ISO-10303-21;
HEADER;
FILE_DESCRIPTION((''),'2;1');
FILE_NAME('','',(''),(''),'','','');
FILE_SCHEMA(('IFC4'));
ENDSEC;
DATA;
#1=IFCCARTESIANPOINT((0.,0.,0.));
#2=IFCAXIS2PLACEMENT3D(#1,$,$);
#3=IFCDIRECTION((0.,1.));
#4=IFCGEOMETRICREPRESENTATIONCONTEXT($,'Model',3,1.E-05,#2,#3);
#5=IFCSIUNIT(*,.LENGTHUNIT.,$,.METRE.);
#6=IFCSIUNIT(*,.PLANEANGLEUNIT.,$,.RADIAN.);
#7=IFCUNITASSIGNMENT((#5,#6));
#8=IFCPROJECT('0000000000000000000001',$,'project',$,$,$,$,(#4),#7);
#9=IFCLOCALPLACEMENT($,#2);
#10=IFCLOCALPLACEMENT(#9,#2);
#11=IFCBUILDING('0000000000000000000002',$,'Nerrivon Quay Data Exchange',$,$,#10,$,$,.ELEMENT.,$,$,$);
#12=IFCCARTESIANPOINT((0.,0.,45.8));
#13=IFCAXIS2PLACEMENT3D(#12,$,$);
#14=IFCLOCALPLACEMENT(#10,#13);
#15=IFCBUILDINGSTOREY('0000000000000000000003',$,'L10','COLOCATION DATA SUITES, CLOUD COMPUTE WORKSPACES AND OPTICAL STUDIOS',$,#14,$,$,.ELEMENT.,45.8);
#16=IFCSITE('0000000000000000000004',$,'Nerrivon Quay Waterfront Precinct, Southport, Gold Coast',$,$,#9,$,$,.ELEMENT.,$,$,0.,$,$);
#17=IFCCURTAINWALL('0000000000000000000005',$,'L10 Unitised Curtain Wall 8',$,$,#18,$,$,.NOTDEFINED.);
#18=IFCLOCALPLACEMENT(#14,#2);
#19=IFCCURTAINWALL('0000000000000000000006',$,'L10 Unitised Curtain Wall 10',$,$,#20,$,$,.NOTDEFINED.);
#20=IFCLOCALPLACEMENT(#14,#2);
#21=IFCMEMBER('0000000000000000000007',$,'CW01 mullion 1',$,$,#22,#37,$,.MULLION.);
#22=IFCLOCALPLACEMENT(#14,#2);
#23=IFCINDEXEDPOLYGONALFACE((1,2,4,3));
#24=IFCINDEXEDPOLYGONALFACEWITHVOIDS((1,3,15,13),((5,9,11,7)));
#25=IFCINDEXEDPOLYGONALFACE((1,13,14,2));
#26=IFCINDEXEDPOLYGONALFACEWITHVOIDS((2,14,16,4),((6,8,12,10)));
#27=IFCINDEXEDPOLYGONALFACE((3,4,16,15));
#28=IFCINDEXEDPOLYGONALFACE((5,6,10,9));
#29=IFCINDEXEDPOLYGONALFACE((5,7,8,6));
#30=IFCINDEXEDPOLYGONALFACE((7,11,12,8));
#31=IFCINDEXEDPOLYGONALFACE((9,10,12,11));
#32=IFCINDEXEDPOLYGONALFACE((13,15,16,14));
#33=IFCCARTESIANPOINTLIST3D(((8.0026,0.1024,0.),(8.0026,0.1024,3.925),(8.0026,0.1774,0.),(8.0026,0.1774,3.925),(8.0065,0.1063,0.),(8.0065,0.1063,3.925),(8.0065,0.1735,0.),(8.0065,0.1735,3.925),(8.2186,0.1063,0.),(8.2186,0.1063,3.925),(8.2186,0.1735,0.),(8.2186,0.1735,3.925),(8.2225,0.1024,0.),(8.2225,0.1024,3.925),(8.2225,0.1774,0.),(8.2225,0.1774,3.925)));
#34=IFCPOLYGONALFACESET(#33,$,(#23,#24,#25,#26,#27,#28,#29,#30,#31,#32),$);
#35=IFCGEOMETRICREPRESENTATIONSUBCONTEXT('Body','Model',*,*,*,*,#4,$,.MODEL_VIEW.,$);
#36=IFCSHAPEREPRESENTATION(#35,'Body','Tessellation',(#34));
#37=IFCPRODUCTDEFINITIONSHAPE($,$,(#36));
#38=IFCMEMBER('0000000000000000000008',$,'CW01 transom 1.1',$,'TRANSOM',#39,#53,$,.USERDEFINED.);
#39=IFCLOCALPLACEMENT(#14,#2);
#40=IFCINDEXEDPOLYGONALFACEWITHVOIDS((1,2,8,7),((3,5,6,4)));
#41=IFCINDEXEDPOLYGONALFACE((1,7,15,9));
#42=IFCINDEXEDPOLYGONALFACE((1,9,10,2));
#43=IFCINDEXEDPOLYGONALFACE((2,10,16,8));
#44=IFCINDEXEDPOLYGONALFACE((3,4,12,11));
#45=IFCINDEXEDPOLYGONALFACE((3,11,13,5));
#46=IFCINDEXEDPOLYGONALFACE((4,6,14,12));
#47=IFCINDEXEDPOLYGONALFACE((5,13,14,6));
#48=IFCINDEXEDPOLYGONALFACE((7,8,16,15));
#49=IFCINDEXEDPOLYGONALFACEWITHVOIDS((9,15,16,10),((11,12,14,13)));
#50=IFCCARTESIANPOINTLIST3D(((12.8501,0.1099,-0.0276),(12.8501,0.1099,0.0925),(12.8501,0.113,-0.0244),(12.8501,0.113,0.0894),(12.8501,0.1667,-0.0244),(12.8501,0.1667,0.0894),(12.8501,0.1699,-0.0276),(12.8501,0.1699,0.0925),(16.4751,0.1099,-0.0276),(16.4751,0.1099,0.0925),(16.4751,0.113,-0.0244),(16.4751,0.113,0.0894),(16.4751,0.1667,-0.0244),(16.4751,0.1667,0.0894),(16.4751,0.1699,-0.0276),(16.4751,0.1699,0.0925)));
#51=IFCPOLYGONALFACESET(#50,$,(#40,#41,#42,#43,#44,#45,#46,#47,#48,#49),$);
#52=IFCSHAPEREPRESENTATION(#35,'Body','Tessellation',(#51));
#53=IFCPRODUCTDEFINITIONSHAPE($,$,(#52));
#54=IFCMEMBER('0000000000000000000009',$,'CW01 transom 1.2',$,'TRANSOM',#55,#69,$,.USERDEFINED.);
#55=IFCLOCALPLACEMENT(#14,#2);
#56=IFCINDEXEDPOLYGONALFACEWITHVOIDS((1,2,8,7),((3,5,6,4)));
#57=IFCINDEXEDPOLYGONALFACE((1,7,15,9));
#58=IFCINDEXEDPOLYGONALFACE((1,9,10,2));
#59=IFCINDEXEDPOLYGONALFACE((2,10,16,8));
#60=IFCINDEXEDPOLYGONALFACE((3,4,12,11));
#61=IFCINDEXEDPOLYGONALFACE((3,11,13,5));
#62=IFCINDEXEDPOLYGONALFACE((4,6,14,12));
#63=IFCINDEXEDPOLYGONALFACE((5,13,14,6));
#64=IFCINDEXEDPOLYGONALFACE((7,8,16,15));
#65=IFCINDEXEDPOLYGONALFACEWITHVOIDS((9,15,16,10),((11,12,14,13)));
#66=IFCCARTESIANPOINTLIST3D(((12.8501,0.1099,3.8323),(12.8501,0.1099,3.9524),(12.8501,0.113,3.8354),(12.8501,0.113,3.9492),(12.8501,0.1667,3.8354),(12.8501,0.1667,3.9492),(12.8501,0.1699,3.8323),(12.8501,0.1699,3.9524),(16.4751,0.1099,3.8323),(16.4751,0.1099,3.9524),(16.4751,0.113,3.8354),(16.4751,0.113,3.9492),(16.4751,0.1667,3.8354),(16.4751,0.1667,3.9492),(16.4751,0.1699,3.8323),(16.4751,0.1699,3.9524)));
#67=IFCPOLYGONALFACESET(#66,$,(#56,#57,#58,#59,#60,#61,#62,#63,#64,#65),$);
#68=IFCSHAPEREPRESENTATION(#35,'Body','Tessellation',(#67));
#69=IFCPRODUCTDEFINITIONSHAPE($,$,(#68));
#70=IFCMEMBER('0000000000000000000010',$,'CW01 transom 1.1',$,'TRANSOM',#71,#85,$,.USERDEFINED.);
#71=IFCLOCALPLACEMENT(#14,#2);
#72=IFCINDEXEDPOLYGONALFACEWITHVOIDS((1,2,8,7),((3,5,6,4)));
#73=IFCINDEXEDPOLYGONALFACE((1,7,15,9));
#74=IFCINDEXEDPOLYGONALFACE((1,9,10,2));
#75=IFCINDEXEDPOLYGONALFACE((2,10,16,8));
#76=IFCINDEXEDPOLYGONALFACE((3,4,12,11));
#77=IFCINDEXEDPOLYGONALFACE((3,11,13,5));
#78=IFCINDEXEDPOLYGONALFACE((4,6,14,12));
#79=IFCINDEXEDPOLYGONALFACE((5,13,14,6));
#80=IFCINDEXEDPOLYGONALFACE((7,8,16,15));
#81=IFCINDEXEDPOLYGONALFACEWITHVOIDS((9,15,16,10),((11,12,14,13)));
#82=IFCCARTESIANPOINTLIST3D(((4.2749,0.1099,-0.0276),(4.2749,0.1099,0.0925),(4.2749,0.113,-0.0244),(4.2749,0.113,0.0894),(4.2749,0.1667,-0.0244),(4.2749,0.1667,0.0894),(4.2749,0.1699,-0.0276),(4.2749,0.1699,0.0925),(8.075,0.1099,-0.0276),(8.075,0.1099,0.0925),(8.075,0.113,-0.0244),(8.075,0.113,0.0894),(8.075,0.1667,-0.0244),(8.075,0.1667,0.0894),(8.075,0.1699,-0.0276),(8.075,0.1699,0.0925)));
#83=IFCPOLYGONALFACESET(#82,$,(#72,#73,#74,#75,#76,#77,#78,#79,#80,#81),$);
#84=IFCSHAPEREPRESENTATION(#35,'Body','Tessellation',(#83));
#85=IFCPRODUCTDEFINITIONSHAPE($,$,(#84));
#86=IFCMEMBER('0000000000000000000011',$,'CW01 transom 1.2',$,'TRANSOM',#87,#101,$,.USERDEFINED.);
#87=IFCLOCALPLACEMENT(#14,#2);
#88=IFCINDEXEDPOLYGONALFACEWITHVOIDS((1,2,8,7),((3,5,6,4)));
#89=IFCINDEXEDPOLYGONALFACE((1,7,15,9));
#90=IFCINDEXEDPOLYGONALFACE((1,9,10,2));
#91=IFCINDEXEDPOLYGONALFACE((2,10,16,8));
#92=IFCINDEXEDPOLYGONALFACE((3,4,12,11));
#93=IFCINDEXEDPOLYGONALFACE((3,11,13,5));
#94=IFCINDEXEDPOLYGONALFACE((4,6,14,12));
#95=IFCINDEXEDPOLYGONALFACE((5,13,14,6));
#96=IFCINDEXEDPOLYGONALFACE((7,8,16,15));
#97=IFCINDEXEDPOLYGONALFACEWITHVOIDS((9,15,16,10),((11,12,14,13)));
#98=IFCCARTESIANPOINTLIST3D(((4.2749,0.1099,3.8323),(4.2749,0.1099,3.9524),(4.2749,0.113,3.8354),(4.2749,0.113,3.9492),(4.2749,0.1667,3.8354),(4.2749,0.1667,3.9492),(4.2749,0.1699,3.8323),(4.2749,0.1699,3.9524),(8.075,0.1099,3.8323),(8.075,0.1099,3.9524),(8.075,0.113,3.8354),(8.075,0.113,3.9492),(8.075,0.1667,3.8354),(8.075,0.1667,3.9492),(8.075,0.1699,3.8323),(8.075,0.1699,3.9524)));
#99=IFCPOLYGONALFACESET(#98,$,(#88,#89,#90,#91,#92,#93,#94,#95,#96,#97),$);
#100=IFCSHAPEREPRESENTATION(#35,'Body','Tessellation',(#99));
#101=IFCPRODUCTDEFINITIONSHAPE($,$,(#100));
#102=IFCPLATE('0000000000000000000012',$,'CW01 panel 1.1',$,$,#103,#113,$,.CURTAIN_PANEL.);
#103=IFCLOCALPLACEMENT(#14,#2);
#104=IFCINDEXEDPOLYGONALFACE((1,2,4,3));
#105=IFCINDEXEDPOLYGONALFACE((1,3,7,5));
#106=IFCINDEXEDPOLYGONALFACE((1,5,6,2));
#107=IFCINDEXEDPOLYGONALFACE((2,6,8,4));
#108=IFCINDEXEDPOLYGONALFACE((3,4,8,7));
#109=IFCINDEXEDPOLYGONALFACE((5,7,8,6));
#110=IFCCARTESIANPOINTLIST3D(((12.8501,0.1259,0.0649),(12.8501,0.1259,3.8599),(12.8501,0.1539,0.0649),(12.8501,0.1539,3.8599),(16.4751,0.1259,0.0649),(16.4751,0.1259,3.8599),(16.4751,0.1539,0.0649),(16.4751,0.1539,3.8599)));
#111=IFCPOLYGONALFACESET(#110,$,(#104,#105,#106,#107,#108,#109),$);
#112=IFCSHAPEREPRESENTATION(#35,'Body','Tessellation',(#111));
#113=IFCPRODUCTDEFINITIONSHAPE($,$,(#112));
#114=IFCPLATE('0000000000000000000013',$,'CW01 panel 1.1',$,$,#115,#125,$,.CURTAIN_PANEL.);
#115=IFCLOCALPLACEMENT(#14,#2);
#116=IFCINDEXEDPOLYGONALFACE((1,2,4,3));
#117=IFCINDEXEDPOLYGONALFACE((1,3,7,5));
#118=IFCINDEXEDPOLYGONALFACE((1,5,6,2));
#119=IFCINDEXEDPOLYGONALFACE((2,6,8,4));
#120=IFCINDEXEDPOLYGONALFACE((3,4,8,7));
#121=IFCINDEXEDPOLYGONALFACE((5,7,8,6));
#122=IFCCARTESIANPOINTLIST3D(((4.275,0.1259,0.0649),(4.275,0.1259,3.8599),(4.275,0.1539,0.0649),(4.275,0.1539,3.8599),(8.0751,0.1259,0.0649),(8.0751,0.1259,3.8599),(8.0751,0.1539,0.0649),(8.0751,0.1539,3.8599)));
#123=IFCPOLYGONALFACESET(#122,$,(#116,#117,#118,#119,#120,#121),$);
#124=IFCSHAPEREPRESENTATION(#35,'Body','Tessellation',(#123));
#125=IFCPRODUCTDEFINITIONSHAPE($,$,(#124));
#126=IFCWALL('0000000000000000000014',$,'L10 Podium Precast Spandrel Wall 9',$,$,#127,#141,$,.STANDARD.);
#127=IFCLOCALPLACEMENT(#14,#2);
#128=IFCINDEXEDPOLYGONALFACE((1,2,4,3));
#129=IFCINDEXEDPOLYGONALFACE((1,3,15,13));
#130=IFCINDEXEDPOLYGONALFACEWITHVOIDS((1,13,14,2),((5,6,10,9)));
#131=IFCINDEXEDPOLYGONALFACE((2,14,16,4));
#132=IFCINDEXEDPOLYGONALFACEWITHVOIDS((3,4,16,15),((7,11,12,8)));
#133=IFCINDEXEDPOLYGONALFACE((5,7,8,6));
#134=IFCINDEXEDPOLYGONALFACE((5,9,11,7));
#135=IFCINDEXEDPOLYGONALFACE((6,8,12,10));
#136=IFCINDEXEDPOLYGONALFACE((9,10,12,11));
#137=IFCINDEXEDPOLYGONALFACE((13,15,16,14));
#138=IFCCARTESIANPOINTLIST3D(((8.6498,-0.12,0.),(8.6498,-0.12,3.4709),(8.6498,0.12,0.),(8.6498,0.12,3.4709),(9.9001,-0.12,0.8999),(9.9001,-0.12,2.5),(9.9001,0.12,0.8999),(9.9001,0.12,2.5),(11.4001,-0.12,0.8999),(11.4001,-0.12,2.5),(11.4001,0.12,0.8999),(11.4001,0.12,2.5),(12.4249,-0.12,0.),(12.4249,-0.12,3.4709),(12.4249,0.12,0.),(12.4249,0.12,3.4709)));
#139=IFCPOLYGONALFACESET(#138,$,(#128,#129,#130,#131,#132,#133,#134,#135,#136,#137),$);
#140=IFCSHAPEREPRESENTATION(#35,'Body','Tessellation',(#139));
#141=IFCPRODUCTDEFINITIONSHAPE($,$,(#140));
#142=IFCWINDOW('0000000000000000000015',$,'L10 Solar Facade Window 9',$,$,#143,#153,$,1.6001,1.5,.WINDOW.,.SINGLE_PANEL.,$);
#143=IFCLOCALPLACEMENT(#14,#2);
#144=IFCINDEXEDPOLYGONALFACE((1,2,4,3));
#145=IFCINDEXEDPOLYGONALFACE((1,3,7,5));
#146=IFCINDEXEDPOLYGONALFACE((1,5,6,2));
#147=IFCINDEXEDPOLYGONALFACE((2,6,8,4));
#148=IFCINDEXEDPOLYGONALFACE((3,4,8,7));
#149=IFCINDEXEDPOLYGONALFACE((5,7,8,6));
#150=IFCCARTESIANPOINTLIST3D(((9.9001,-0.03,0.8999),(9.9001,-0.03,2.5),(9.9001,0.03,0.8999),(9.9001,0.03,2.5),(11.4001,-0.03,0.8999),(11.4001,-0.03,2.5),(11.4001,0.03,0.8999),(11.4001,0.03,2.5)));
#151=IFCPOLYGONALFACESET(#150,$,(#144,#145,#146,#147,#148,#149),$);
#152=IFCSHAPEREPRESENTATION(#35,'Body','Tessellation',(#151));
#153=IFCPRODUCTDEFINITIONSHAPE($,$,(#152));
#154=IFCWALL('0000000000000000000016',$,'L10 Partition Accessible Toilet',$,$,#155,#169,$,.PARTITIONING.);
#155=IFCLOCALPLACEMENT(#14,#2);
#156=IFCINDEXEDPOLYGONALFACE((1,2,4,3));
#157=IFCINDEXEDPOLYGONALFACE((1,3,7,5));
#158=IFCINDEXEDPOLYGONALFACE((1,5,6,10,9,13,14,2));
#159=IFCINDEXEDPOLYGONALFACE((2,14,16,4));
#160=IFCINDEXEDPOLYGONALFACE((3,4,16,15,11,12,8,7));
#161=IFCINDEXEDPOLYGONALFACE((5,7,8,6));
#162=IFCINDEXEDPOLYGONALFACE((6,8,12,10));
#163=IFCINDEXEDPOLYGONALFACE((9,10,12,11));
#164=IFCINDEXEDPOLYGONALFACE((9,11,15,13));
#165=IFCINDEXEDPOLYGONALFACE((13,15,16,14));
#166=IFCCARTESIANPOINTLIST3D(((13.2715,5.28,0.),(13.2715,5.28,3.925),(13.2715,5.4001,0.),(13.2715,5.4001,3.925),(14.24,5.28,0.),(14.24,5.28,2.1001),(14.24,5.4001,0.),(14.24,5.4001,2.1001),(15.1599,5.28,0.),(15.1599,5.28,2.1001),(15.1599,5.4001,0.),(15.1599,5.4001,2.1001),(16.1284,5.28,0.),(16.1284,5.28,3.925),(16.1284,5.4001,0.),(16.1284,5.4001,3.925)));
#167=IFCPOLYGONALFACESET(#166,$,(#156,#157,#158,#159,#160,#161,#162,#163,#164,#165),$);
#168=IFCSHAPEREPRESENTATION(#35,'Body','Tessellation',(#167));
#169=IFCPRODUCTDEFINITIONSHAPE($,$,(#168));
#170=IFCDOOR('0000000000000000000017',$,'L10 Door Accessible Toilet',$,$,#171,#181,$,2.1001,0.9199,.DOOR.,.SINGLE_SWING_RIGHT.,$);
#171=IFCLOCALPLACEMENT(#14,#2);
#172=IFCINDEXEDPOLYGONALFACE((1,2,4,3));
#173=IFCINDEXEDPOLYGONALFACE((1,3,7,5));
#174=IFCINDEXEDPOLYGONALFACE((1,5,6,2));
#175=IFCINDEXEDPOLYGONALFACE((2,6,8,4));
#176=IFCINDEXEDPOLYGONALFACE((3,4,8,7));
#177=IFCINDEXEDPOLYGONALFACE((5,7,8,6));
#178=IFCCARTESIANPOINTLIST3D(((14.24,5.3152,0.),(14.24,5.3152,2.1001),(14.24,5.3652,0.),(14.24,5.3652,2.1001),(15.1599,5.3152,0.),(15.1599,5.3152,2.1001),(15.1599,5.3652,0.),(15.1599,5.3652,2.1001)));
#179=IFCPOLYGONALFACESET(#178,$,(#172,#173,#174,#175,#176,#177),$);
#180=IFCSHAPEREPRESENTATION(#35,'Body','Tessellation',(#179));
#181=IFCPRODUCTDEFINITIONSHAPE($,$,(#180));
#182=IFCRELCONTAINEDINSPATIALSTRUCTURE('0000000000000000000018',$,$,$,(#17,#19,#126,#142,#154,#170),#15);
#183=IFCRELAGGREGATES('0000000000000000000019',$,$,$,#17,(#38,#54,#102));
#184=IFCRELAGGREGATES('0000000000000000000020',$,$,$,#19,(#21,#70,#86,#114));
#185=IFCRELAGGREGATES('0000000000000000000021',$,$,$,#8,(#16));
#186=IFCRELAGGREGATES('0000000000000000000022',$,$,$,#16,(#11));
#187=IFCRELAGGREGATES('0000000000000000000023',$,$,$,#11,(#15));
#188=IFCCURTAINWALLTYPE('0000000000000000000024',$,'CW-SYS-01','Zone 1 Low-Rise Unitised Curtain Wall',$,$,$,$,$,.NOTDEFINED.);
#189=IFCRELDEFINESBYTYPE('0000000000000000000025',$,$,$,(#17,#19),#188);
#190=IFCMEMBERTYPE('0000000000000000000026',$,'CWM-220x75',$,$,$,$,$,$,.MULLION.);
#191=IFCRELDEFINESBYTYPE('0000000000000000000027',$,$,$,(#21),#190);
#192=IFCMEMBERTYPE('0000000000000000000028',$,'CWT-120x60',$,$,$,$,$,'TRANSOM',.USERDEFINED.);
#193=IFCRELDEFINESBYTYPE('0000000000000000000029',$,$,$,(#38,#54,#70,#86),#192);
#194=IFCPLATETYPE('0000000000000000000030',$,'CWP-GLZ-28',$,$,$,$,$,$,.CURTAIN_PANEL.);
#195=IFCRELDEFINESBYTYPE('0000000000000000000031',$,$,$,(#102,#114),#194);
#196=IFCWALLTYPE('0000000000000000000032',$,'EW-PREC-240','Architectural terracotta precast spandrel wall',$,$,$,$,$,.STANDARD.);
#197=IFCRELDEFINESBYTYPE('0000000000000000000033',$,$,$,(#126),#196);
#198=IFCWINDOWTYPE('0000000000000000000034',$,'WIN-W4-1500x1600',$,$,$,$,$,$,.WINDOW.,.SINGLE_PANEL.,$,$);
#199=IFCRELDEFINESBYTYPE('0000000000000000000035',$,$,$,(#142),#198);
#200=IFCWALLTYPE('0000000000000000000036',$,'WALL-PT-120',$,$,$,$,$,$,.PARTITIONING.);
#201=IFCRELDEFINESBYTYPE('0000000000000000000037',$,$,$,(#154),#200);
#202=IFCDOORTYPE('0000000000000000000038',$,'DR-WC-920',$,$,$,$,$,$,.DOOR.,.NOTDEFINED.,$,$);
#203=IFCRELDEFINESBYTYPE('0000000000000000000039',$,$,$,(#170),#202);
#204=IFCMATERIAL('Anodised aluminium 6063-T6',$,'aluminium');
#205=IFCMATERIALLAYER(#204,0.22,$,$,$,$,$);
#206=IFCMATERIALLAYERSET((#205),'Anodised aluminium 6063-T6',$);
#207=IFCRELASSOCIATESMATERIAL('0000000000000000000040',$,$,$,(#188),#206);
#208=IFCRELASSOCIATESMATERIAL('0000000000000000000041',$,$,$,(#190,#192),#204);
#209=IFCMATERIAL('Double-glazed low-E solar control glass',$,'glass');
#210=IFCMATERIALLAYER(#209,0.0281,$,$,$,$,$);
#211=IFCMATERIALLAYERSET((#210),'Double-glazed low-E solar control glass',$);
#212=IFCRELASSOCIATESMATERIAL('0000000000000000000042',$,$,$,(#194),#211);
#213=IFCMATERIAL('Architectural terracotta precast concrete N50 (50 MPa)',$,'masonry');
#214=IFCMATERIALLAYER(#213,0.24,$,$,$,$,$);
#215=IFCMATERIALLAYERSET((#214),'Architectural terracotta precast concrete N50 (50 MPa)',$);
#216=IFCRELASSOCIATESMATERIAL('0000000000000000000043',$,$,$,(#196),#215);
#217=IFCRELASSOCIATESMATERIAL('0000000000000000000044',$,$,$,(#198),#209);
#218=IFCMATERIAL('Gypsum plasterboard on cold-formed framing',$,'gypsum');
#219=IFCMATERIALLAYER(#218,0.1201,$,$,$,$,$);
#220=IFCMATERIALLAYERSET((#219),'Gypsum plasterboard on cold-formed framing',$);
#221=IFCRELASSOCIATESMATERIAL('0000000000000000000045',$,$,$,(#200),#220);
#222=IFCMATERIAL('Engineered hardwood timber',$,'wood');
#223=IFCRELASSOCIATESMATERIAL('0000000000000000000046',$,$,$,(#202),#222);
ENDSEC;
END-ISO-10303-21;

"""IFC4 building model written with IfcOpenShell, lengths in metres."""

from ifc_helpers import new_model, si_unit, direction, frame, frame_2d, origin, origin_2d, place, context, subcontext, project, spatial, rectangle, hollow_rectangle, extrude, material, layer, layer_set, material_profile, profile_set, type_object, element, fill, aggregate, save


model = new_model("IFC4")

# Units and contexts
model_context = context("Model", 3, precision=1e-05, world=origin(), true_north=direction((0.0, 1.0)))
body_context = subcontext(model_context, "Body", "Model", "MODEL_VIEW")
ifc_project = project(units=[si_unit("LENGTHUNIT", "METRE"), si_unit("PLANEANGLEUNIT", "RADIAN")], contexts=[model_context])

# Site, building, storey
site_placement = place(None, origin())
site = spatial("IfcSite", under=ifc_project, at=site_placement, Name="Nerrivon Quay Waterfront Precinct, Southport, Gold Coast", CompositionType="ELEMENT", RefElevation=0.0)
building_placement = place(site_placement, origin())
building = spatial("IfcBuilding", under=site, at=building_placement, Name="Nerrivon Quay Data Exchange", CompositionType="ELEMENT")
storey_placement = place(building_placement, frame((0.0, 0.0, 45.8)))
storey = spatial("IfcBuildingStorey", under=building, at=storey_placement, Name="L10", Description="COLOCATION DATA SUITES, CLOUD COMPUTE WORKSPACES AND OPTICAL STUDIOS", CompositionType="ELEMENT", Elevation=45.8)

# Curtain wall
ifc_material_1 = material(Name="Anodised aluminium 6063-T6", Category="aluminium")
ifc_layer_1 = layer(ifc_material_1, 0.22)
ifc_layer_set_1 = layer_set([ifc_layer_1], Name="Anodised aluminium 6063-T6")
curtain_wall_type = type_object("IfcCurtainWallType", Name="CW-SYS-01", Description="Zone 1 Low-Rise Unitised Curtain Wall", PredefinedType="NOTDEFINED", material=ifc_layer_set_1)
curtain_wall_1_placement = place(storey_placement, origin())
curtain_wall_1 = element("IfcCurtainWall", 1, at=curtain_wall_1_placement, inside=storey, type_object=curtain_wall_type, Name="L10 Unitised Curtain Wall 8", PredefinedType="NOTDEFINED")
ifc_material_profile_1 = material_profile(ifc_material_1, hollow_rectangle(XDim=0.075, YDim=0.22, WallThickness=0.0039, at=origin_2d()), Name="ALU-MULL-220x75")
ifc_profile_set_1 = profile_set([ifc_material_profile_1], Name="Anodised aluminium 6063-T6")
member_type_1 = type_object("IfcMemberType", Name="CWM-220x75", PredefinedType="MULLION", material=ifc_profile_set_1)

# Curtain wall, member
curtain_wall_2_placement = place(storey_placement, origin())
curtain_wall_2 = element("IfcCurtainWall", 2, at=curtain_wall_2_placement, inside=storey, type_object=curtain_wall_type, Name="L10 Unitised Curtain Wall 10", PredefinedType="NOTDEFINED")
member_1_placement = place(storey_placement, frame((8.1125, 0.1399, 0.0), z_axis=(0.0, 0.0, 1.0), x_axis=(0.0, -1.0, 0.0)))
member_1 = element("IfcMember", 3, at=member_1_placement, type_object=member_type_1, Name="CW01 mullion 1", PredefinedType="MULLION", context=body_context, shape_type="SweptSolid", body=[
    extrude(hollow_rectangle(XDim=0.075, YDim=0.22, WallThickness=0.0039, at=origin_2d()), origin(), (0.0, 0.0, 1.0), 3.925),
])

# Members
ifc_material_profile_2 = material_profile(ifc_material_1, hollow_rectangle(XDim=0.0601, YDim=0.1201, WallThickness=0.0032, at=origin_2d()), Name="ALU-TRAN-120x60")
ifc_profile_set_2 = profile_set([ifc_material_profile_2], Name="Anodised aluminium 6063-T6")
member_type_2 = type_object("IfcMemberType", Name="CWT-120x60", ElementType="TRANSOM", PredefinedType="USERDEFINED", material=ifc_profile_set_2)
member_2_placement = place(storey_placement, frame((16.4751, 0.1399, 0.0325), z_axis=(-1.0, 0.0, 0.0), x_axis=(0.0, -1.0, 0.0)))
member_2 = element("IfcMember", 4, at=member_2_placement, type_object=member_type_2, Name="CW01 transom 1.1", ObjectType="TRANSOM", PredefinedType="USERDEFINED", context=body_context, shape_type="SweptSolid", body=[
    extrude(hollow_rectangle(XDim=0.0601, YDim=0.1201, WallThickness=0.0032, at=origin_2d()), origin(), (0.0, 0.0, 1.0), 3.625),
])
member_3_placement = place(storey_placement, frame((16.4751, 0.1399, 3.8923), z_axis=(-1.0, 0.0, 0.0), x_axis=(0.0, -1.0, 0.0)))
member_3 = element("IfcMember", 5, at=member_3_placement, type_object=member_type_2, Name="CW01 transom 1.2", ObjectType="TRANSOM", PredefinedType="USERDEFINED", context=body_context, shape_type="SweptSolid", body=[
    extrude(hollow_rectangle(XDim=0.0601, YDim=0.1201, WallThickness=0.0032, at=origin_2d()), origin(), (0.0, 0.0, 1.0), 3.625),
])
member_4_placement = place(storey_placement, frame((8.075, 0.1399, 0.0325), z_axis=(-1.0, 0.0, 0.0), x_axis=(0.0, -1.0, 0.0)))
member_4 = element("IfcMember", 6, at=member_4_placement, type_object=member_type_2, Name="CW01 transom 1.1", ObjectType="TRANSOM", PredefinedType="USERDEFINED", context=body_context, shape_type="SweptSolid", body=[
    extrude(hollow_rectangle(XDim=0.0601, YDim=0.1201, WallThickness=0.0032, at=origin_2d()), origin(), (0.0, 0.0, 1.0), 3.8),
])
member_5_placement = place(storey_placement, frame((8.075, 0.1399, 3.8923), z_axis=(-1.0, 0.0, 0.0), x_axis=(0.0, -1.0, 0.0)))
member_5 = element("IfcMember", 7, at=member_5_placement, type_object=member_type_2, Name="CW01 transom 1.2", ObjectType="TRANSOM", PredefinedType="USERDEFINED", context=body_context, shape_type="SweptSolid", body=[
    extrude(hollow_rectangle(XDim=0.0601, YDim=0.1201, WallThickness=0.0032, at=origin_2d()), origin(), (0.0, 0.0, 1.0), 3.8),
])

# Plates
ifc_material_2 = material(Name="Double-glazed low-E solar control glass", Category="glass")
ifc_layer_2 = layer(ifc_material_2, 0.0281)
ifc_layer_set_2 = layer_set([ifc_layer_2], Name="Double-glazed low-E solar control glass")
plate_type = type_object("IfcPlateType", Name="CWP-GLZ-28", PredefinedType="CURTAIN_PANEL", material=ifc_layer_set_2)
plate_1_placement = place(storey_placement, frame((14.6626, 0.1399, 0.0649), z_axis=(0.0, 0.0, 1.0), x_axis=(-1.0, 0.0, 0.0)))
plate_1 = element("IfcPlate", 8, at=plate_1_placement, type_object=plate_type, Name="CW01 panel 1.1", PredefinedType="CURTAIN_PANEL", context=body_context, shape_type="SweptSolid", body=[
    extrude(rectangle(XDim=3.625, YDim=0.0281, at=origin_2d()), origin(), (0.0, 0.0, 1.0), 3.7949),
])
aggregate(curtain_wall_1, [member_2, member_3, plate_1])
plate_2_placement = place(storey_placement, frame((6.175, 0.1399, 0.0649), z_axis=(0.0, 0.0, 1.0), x_axis=(-1.0, 0.0, 0.0)))
plate_2 = element("IfcPlate", 9, at=plate_2_placement, type_object=plate_type, Name="CW01 panel 1.1", PredefinedType="CURTAIN_PANEL", context=body_context, shape_type="SweptSolid", body=[
    extrude(rectangle(XDim=3.8, YDim=0.0281, at=origin_2d()), origin(), (0.0, 0.0, 1.0), 3.7949),
])
aggregate(curtain_wall_2, [member_1, member_4, member_5, plate_2])

# Wall, opening, window
ifc_material_3 = material(Name="Architectural terracotta precast concrete N50 (50 MPa)", Category="masonry")
ifc_layer_3 = layer(ifc_material_3, 0.24)
ifc_layer_set_3 = layer_set([ifc_layer_3], Name="Architectural terracotta precast concrete N50 (50 MPa)")
wall_type_1 = type_object("IfcWallType", Name="EW-PREC-240", Description="Architectural terracotta precast spandrel wall", PredefinedType="STANDARD", material=ifc_layer_set_3)
wall_1_placement = place(storey_placement, frame((12.425, 0.0, 0.0), z_axis=(0.0, 0.0, 1.0), x_axis=(-1.0, 0.0, 0.0)))
wall_1 = element("IfcWall", 10, at=wall_1_placement, inside=storey, type_object=wall_type_1, Name="L10 Podium Precast Spandrel Wall 9", PredefinedType="STANDARD", context=body_context, shape_type="SweptSolid", body=[
    extrude(rectangle(XDim=3.7751, YDim=0.24, at=frame_2d((1.8877, 0.0))), origin(), (0.0, 0.0, 1.0), 3.4709),
])
opening_1_placement = place(wall_1_placement, frame((1.0249, 0.0, 0.8999)))
opening_1 = element("IfcOpeningElement", 11, at=opening_1_placement, cuts=wall_1, PredefinedType="OPENING", context=body_context, shape_type="SweptSolid", body=[
    extrude(rectangle(XDim=1.5, YDim=1.6001, at=frame_2d((0.75, 0.8))), frame((0.0, 0.1299, 0.0), z_axis=(0.0, -1.0, 0.0), x_axis=(1.0, 0.0, 0.0)), (0.0, 0.0, 1.0), 0.26),
])
window_type = type_object("IfcWindowType", Name="WIN-W4-1500x1600", PartitioningType="SINGLE_PANEL", PredefinedType="WINDOW", material=ifc_material_2)
window_placement = place(opening_1_placement, origin())
window = element("IfcWindow", 12, at=window_placement, inside=storey, type_object=window_type, Name="L10 Solar Facade Window 9", OverallHeight=1.6001, OverallWidth=1.5, PartitioningType="SINGLE_PANEL", PredefinedType="WINDOW", context=body_context, shape_type="SweptSolid", body=[
    extrude(rectangle(XDim=1.5, YDim=1.6001, at=frame_2d((0.75, 0.8))), frame((0.0, 0.03, 0.0), z_axis=(0.0, -1.0, 0.0), x_axis=(1.0, 0.0, 0.0)), (0.0, 0.0, 1.0), 0.0601),
])
fill(opening_1, window)

# Wall, opening, door
ifc_material_4 = material(Name="Gypsum plasterboard on cold-formed framing", Category="gypsum")
ifc_layer_4 = layer(ifc_material_4, 0.1201)
ifc_layer_set_4 = layer_set([ifc_layer_4], Name="Gypsum plasterboard on cold-formed framing")
wall_type_2 = type_object("IfcWallType", Name="WALL-PT-120", PredefinedType="PARTITIONING", material=ifc_layer_set_4)
wall_2_placement = place(storey_placement, frame((16.1284, 5.3401, 0.0), z_axis=(0.0, 0.0, 1.0), x_axis=(-1.0, 0.0, 0.0)))
wall_2 = element("IfcWall", 13, at=wall_2_placement, inside=storey, type_object=wall_type_2, Name="L10 Partition Accessible Toilet", PredefinedType="PARTITIONING", context=body_context, shape_type="SweptSolid", body=[
    extrude(rectangle(XDim=2.8569, YDim=0.1201, at=frame_2d((1.4285, 0.0))), origin(), (0.0, 0.0, 1.0), 3.925),
])
opening_2_placement = place(wall_2_placement, frame((0.9685, 0.0, 0.0)))
opening_2 = element("IfcOpeningElement", 14, at=opening_2_placement, cuts=wall_2, PredefinedType="OPENING", context=body_context, shape_type="SweptSolid", body=[
    extrude(rectangle(XDim=0.9199, YDim=2.1001, at=frame_2d((0.46, 1.05))), frame((0.0, 0.0701, 0.0), z_axis=(0.0, -1.0, 0.0), x_axis=(1.0, 0.0, 0.0)), (0.0, 0.0, 1.0), 0.1401),
])
ifc_material_5 = material(Name="Engineered hardwood timber", Category="wood")
door_type = type_object("IfcDoorType", Name="DR-WC-920", OperationType="NOTDEFINED", PredefinedType="DOOR", material=ifc_material_5)
door_1_placement = place(opening_2_placement, origin())
door_1 = element("IfcDoor", 15, at=door_1_placement, inside=storey, type_object=door_type, Name="L10 Door Accessible Toilet", OperationType="SINGLE_SWING_RIGHT", OverallHeight=2.1001, OverallWidth=0.9199, PredefinedType="DOOR", context=body_context, shape_type="SweptSolid", body=[
    extrude(rectangle(XDim=0.9199, YDim=2.1001, at=frame_2d((0.46, 1.05))), frame((0.0, 0.0249, 0.0), z_axis=(0.0, -1.0, 0.0), x_axis=(1.0, 0.0, 0.0)), (0.0, 0.0, 1.0), 0.05),
])
fill(opening_2, door_1)

save(model, "model.ifc")
